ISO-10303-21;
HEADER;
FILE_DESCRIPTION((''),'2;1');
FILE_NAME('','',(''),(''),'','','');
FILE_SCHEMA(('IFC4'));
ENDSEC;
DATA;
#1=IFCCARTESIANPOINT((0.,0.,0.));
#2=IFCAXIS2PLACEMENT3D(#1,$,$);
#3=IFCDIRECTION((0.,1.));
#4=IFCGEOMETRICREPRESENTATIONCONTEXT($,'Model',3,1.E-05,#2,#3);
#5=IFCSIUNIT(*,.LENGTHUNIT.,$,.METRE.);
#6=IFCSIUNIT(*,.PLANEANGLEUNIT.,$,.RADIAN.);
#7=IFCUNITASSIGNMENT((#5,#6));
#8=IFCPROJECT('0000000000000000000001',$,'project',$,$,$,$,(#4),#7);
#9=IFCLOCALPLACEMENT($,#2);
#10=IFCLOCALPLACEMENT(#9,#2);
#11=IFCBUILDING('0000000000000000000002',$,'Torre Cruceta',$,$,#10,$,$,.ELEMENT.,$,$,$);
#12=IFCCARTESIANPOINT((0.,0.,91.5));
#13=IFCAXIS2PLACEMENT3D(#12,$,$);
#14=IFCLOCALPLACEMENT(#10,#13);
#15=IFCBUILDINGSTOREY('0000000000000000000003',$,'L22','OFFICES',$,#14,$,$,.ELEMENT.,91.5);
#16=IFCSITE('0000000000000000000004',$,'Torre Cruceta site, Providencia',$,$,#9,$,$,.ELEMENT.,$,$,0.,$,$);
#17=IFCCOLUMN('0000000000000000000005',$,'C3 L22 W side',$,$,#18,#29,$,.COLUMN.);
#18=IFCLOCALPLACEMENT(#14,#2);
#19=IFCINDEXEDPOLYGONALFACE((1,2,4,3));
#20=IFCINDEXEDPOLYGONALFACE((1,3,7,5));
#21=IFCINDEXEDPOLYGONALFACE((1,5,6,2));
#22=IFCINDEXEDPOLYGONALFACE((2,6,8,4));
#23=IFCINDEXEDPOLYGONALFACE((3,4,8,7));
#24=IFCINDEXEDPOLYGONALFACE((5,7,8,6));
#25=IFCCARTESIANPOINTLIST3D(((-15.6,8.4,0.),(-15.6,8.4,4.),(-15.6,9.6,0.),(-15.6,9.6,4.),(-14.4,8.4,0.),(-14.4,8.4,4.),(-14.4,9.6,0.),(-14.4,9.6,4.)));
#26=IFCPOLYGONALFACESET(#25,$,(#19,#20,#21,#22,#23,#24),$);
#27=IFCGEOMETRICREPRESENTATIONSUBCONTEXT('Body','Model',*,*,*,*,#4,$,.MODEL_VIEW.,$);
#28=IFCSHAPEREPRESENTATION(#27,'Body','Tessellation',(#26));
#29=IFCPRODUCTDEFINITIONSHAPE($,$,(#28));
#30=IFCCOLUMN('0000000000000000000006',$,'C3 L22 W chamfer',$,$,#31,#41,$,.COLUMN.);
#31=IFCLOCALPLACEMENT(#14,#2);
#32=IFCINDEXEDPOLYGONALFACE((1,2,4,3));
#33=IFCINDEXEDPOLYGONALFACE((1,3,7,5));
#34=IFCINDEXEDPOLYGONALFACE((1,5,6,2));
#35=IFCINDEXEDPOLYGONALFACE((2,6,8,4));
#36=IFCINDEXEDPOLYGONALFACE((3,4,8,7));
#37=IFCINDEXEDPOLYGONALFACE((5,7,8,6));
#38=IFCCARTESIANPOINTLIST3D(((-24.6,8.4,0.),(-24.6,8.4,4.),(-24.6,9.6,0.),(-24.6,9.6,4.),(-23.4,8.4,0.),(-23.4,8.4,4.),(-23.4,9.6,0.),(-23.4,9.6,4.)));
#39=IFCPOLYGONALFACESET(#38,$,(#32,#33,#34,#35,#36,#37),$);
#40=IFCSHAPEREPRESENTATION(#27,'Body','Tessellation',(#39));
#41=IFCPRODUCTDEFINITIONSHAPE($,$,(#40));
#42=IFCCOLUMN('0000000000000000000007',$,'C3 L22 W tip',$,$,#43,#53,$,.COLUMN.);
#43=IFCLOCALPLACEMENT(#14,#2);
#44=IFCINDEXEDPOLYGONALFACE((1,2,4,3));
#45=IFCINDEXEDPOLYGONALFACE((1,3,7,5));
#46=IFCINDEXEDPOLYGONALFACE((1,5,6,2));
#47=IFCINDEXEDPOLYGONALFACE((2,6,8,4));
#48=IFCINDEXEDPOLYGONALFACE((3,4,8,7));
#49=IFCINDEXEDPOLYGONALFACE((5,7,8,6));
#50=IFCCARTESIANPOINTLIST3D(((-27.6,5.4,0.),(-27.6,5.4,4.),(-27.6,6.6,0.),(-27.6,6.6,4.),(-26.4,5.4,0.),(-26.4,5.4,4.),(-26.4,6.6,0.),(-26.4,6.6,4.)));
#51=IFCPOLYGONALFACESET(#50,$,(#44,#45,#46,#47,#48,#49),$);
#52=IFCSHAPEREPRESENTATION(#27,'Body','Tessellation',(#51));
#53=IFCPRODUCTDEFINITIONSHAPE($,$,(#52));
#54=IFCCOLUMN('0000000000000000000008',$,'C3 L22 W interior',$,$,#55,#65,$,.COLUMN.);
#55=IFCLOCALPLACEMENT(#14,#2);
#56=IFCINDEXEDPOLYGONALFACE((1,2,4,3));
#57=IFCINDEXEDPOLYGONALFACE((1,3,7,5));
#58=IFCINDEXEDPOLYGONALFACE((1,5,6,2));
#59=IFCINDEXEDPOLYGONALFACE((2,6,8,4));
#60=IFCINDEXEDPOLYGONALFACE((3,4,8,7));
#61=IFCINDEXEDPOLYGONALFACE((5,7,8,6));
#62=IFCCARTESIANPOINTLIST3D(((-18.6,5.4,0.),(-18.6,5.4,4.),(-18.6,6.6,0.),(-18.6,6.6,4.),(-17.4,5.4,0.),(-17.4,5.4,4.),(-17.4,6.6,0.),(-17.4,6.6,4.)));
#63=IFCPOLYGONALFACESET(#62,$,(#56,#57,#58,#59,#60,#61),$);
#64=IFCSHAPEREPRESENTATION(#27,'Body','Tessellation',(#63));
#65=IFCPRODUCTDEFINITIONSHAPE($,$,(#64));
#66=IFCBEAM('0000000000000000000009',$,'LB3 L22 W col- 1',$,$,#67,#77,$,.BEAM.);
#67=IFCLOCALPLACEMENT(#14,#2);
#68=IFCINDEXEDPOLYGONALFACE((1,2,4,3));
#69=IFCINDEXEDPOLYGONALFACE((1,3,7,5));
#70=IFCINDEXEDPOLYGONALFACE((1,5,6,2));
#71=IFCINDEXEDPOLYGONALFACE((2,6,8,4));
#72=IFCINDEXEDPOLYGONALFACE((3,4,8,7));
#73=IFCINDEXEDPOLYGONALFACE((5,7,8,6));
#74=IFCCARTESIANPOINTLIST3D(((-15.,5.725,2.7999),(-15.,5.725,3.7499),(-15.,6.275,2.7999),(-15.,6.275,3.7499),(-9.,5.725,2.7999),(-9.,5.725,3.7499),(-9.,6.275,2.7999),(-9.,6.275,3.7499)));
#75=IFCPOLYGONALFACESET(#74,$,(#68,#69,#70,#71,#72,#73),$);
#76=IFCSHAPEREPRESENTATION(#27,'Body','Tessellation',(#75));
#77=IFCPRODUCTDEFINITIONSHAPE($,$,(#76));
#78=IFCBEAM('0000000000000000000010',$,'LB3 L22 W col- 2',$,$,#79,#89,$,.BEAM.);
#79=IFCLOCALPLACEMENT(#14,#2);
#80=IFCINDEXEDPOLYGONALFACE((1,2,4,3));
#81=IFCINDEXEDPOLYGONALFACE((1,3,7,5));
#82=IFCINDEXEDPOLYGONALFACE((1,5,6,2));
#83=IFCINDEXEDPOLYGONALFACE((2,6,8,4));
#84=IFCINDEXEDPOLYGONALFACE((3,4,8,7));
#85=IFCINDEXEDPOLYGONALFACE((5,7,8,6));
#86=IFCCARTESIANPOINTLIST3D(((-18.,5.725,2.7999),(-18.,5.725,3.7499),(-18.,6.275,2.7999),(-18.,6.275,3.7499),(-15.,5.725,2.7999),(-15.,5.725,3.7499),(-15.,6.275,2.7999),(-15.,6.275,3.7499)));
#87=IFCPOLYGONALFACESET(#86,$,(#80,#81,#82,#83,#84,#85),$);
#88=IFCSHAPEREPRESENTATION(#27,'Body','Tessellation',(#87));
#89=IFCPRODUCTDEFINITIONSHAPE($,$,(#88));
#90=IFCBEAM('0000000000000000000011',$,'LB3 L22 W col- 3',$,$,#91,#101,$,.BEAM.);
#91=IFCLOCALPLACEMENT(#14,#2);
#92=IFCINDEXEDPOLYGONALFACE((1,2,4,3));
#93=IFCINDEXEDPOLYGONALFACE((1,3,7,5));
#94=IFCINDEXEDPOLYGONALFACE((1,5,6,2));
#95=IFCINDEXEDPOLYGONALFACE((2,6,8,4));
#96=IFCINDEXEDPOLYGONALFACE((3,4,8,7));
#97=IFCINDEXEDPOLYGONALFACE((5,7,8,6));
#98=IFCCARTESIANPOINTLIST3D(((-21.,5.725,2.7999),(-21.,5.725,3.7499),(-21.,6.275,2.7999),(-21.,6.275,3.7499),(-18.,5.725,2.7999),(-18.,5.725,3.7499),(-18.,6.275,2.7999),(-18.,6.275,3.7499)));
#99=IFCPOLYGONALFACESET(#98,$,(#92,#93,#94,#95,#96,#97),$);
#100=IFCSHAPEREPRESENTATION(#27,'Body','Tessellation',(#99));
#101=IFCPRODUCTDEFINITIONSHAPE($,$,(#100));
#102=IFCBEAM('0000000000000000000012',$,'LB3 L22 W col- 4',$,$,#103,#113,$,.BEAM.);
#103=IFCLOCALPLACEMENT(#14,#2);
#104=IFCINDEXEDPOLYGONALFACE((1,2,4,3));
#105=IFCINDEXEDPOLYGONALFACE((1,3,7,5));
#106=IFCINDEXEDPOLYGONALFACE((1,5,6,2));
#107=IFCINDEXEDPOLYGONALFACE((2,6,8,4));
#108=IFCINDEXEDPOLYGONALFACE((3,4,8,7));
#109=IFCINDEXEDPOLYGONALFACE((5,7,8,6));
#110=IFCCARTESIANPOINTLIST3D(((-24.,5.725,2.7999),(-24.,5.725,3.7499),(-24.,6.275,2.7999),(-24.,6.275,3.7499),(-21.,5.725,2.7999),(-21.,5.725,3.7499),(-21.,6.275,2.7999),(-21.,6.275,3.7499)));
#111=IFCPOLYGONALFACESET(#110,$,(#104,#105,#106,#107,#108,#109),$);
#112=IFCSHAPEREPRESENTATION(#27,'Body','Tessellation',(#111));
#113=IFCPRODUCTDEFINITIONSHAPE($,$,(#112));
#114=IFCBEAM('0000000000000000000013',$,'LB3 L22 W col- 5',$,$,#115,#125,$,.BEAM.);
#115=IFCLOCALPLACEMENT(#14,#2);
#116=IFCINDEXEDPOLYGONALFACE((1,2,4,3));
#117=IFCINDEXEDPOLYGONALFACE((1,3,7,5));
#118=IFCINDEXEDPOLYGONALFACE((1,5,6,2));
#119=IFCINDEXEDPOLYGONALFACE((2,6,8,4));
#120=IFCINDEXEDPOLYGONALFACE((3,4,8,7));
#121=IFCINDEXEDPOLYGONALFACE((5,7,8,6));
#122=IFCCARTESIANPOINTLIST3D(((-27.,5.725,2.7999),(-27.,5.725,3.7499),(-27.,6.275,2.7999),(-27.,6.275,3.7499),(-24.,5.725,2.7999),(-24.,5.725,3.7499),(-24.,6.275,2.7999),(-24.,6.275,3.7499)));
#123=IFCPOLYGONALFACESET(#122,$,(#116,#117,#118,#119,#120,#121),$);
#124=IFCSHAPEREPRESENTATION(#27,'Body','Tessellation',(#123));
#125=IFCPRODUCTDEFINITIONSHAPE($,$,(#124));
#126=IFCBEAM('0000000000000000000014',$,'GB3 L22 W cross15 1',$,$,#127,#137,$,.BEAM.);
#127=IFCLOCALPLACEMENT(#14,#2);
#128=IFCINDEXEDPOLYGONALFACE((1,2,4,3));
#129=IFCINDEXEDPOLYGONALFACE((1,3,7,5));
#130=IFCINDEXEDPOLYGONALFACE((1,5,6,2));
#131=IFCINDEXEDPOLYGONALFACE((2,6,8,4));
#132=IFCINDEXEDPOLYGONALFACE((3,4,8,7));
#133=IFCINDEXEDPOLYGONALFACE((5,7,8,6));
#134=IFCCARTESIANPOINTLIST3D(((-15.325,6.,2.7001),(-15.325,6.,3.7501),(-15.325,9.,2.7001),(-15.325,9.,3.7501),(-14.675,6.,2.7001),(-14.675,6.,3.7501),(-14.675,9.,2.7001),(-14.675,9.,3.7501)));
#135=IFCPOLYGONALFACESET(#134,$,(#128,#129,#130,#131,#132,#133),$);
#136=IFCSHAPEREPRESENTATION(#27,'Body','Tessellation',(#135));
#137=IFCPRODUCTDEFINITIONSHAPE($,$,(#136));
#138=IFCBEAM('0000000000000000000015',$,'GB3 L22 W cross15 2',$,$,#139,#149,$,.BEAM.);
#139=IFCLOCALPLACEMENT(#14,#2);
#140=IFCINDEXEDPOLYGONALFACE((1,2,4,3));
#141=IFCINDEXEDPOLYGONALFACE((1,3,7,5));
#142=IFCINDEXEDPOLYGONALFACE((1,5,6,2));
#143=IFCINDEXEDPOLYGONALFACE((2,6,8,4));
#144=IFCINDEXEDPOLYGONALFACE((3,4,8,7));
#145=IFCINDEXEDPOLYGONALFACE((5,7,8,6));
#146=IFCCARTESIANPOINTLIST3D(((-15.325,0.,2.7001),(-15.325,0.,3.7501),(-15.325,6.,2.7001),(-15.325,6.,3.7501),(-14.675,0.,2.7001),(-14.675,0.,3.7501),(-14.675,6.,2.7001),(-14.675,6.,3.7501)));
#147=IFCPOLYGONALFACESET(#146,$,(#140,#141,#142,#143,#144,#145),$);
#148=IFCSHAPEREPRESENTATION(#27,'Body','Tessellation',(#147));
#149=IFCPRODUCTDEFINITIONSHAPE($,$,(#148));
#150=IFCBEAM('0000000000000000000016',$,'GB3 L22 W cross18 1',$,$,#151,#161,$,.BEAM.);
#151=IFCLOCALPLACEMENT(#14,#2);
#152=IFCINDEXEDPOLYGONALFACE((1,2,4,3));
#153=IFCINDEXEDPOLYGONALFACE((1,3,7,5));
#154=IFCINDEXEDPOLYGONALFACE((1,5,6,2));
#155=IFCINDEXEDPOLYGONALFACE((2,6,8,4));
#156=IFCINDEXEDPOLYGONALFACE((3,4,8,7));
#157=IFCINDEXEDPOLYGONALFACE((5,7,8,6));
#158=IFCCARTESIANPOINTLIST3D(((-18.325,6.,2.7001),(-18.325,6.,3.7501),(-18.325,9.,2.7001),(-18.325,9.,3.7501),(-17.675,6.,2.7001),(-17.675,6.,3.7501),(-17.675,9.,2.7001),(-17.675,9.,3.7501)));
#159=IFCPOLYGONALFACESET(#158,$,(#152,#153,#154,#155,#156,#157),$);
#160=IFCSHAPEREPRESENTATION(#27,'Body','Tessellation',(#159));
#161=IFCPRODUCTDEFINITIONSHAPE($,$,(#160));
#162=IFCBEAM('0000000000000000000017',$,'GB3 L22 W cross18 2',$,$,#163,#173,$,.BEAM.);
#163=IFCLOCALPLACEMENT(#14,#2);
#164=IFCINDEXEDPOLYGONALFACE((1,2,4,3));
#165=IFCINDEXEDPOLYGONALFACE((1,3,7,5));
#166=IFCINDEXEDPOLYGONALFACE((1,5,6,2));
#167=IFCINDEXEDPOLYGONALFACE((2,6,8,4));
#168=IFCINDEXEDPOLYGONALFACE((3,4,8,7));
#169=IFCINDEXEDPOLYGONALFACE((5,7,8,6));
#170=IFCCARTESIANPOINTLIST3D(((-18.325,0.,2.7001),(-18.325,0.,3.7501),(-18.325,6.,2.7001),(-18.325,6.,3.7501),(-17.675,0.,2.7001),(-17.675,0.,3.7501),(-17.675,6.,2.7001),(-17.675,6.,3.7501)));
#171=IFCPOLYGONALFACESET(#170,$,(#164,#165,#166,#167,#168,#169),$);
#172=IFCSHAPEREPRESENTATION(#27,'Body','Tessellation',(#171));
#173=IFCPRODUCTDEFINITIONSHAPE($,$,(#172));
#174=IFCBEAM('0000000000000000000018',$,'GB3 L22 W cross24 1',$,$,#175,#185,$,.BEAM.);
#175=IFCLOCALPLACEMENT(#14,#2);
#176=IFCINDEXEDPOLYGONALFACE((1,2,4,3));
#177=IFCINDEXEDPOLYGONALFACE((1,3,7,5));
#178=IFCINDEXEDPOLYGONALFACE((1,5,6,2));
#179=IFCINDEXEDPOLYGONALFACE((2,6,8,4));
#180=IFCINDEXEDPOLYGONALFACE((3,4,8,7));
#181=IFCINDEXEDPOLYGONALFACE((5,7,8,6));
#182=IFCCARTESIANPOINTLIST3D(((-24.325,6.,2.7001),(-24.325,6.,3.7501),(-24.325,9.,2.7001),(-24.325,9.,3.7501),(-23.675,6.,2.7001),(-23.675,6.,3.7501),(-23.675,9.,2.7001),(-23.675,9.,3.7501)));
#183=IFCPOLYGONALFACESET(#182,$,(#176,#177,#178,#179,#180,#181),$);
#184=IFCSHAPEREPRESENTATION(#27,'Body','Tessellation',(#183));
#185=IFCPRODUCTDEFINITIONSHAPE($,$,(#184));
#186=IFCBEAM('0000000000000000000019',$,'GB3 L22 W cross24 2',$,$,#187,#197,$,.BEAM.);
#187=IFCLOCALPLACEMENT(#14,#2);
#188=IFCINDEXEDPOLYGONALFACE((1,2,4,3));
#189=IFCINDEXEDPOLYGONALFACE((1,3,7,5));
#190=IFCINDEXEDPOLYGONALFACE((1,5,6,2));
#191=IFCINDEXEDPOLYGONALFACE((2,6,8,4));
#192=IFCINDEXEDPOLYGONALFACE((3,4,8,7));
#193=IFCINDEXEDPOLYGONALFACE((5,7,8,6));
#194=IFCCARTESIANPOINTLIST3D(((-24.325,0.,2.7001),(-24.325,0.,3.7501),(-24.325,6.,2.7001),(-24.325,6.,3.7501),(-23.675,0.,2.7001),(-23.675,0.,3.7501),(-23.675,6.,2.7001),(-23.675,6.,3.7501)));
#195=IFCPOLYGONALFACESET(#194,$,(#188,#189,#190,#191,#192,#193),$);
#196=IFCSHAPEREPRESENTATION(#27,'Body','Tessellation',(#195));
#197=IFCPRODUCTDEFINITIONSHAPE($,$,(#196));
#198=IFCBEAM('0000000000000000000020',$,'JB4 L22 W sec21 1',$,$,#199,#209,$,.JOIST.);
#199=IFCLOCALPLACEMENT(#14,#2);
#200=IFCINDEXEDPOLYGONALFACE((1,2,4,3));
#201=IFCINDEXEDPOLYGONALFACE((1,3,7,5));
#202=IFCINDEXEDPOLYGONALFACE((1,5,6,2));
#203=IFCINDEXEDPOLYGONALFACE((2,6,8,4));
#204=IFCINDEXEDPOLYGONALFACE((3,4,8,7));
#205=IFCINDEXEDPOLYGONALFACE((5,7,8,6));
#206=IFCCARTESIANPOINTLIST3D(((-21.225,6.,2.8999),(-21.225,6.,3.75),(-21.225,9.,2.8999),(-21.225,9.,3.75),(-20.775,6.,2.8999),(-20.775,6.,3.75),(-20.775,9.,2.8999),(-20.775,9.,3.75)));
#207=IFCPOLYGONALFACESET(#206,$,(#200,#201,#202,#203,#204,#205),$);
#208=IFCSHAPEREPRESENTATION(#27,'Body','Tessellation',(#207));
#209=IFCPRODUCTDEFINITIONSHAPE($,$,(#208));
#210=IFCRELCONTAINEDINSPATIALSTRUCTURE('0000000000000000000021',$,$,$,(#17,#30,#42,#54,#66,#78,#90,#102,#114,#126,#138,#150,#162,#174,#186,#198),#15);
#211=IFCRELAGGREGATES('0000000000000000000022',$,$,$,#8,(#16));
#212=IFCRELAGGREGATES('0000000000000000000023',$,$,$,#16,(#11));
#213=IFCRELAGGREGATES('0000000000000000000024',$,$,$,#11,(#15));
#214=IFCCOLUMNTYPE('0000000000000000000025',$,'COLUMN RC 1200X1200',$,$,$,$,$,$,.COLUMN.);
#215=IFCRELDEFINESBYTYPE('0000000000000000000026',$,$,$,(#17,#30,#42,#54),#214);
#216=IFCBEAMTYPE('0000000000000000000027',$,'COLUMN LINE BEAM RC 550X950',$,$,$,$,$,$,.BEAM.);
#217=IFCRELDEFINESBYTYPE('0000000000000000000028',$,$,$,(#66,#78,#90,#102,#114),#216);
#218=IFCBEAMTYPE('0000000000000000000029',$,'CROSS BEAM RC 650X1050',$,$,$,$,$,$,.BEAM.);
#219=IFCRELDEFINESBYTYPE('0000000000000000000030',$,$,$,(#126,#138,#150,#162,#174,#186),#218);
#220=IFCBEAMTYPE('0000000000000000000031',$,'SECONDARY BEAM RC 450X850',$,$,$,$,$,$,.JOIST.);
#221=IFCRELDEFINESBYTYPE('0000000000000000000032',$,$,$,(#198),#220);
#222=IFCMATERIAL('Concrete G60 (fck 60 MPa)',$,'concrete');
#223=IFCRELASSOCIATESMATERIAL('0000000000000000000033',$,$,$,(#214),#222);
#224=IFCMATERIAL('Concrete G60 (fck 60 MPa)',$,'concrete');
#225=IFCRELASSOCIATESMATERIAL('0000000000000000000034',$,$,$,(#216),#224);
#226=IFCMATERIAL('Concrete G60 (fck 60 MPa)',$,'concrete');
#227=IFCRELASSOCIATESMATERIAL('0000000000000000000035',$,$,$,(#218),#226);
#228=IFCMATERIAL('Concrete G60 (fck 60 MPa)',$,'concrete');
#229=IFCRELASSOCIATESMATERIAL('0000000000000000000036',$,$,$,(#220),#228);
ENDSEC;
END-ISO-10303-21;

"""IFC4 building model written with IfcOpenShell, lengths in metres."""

from ifc_helpers import new_model, si_unit, direction, frame, origin, origin_2d, place, context, subcontext, project, spatial, rectangle, extrude, material, material_profile, profile_set, type_object, element, save


model = new_model("IFC4")

# Units and contexts
model_context = context("Model", 3, precision=1e-05, world=origin(), true_north=direction((0.0, 1.0)))
body_context = subcontext(model_context, "Body", "Model", "MODEL_VIEW")
ifc_project = project(units=[si_unit("LENGTHUNIT", "METRE"), si_unit("PLANEANGLEUNIT", "RADIAN")], contexts=[model_context])

# Site, building, storey
site_placement = place(None, origin())
site = spatial("IfcSite", under=ifc_project, at=site_placement, Name="Torre Cruceta site, Providencia", CompositionType="ELEMENT", RefElevation=0.0)
building_placement = place(site_placement, origin())
building = spatial("IfcBuilding", under=site, at=building_placement, Name="Torre Cruceta", CompositionType="ELEMENT")
storey_placement = place(building_placement, frame((0.0, 0.0, 91.5)))
storey = spatial("IfcBuildingStorey", under=building, at=storey_placement, Name="L22", Description="OFFICES", CompositionType="ELEMENT", Elevation=91.5)

# Columns
ifc_material_1 = material(Name="Concrete G60 (fck 60 MPa)", Category="concrete")
ifc_material_profile_1 = material_profile(ifc_material_1, rectangle(XDim=1.2, YDim=1.2, at=origin_2d()), Name="RC 1200X1200")
ifc_profile_set_1 = profile_set([ifc_material_profile_1], Name="Concrete G60 (fck 60 MPa)")
column_type = type_object("IfcColumnType", Name="COLUMN RC 1200X1200", PredefinedType="COLUMN", material=ifc_profile_set_1)
for number, where, z_axis, x_axis, name in (
    (1, (-15.0, 9.0, 0.0), (0.0, 0.0, 1.0), (1.0, 0.0, 0.0), "C3 L22 W side"),
    (2, (-24.0, 9.0, 0.0), (0.0, 0.0, 1.0), (1.0, 0.0, 0.0), "C3 L22 W chamfer"),
    (3, (-27.0, 6.0, 0.0), (0.0, 0.0, 1.0), (1.0, 0.0, 0.0), "C3 L22 W tip"),
    (4, (-18.0, 6.0, 0.0), (0.0, 0.0, 1.0), (1.0, 0.0, 0.0), "C3 L22 W interior"),
):
    element("IfcColumn", number, at=place(storey_placement, frame(where, z_axis=z_axis, x_axis=x_axis)), inside=storey, type_object=column_type, Name=name, PredefinedType="COLUMN", context=body_context, shape_type="SweptSolid", body=[
        extrude(rectangle(XDim=1.2, YDim=1.2, at=origin_2d()), origin(), (0.0, 0.0, 1.0), 4.0),
    ])

# Beams
ifc_material_2 = material(Name="Concrete G60 (fck 60 MPa)", Category="concrete")
ifc_material_profile_2 = material_profile(ifc_material_2, rectangle(XDim=0.55, YDim=0.95, at=origin_2d()), Name="RC 550X950")
ifc_profile_set_2 = profile_set([ifc_material_profile_2], Name="Concrete G60 (fck 60 MPa)")
beam_type_1 = type_object("IfcBeamType", Name="COLUMN LINE BEAM RC 550X950", PredefinedType="BEAM", material=ifc_profile_set_2)
beam_1_placement = place(storey_placement, frame((-9.0, 6.0, 3.2749), z_axis=(-1.0, 0.0, 0.0), x_axis=(0.0, -1.0, 0.0)))
element("IfcBeam", 5, at=beam_1_placement, inside=storey, type_object=beam_type_1, Name="LB3 L22 W col- 1", PredefinedType="BEAM", context=body_context, shape_type="SweptSolid", body=[
    extrude(rectangle(XDim=0.55, YDim=0.95, at=origin_2d()), origin(), (0.0, 0.0, 1.0), 6.0),
])
for number, where, z_axis, x_axis, name in (
    (6, (-15.0, 6.0, 3.2749), (-1.0, 0.0, 0.0), (0.0, -1.0, 0.0), "LB3 L22 W col- 2"),
    (7, (-18.0, 6.0, 3.2749), (-1.0, 0.0, 0.0), (0.0, -1.0, 0.0), "LB3 L22 W col- 3"),
    (8, (-21.0, 6.0, 3.2749), (-1.0, 0.0, 0.0), (0.0, -1.0, 0.0), "LB3 L22 W col- 4"),
    (9, (-24.0, 6.0, 3.2749), (-1.0, 0.0, 0.0), (0.0, -1.0, 0.0), "LB3 L22 W col- 5"),
):
    element("IfcBeam", number, at=place(storey_placement, frame(where, z_axis=z_axis, x_axis=x_axis)), inside=storey, type_object=beam_type_1, Name=name, PredefinedType="BEAM", context=body_context, shape_type="SweptSolid", body=[
        extrude(rectangle(XDim=0.55, YDim=0.95, at=origin_2d()), origin(), (0.0, 0.0, 1.0), 3.0),
    ])
ifc_material_3 = material(Name="Concrete G60 (fck 60 MPa)", Category="concrete")
ifc_material_profile_3 = material_profile(ifc_material_3, rectangle(XDim=0.6499, YDim=1.05, at=origin_2d()), Name="RC 650X1050")
ifc_profile_set_3 = profile_set([ifc_material_profile_3], Name="Concrete G60 (fck 60 MPa)")
beam_type_2 = type_object("IfcBeamType", Name="CROSS BEAM RC 650X1050", PredefinedType="BEAM", material=ifc_profile_set_3)
beam_2_placement = place(storey_placement, frame((-15.0, 9.0, 3.2251), z_axis=(0.0, -1.0, 0.0), x_axis=(1.0, 0.0, 0.0)))
element("IfcBeam", 10, at=beam_2_placement, inside=storey, type_object=beam_type_2, Name="GB3 L22 W cross15 1", PredefinedType="BEAM", context=body_context, shape_type="SweptSolid", body=[
    extrude(rectangle(XDim=0.6499, YDim=1.05, at=origin_2d()), origin(), (0.0, 0.0, 1.0), 3.0),
])
beam_3_placement = place(storey_placement, frame((-15.0, 6.0, 3.2251), z_axis=(0.0, -1.0, 0.0), x_axis=(1.0, 0.0, 0.0)))
element("IfcBeam", 11, at=beam_3_placement, inside=storey, type_object=beam_type_2, Name="GB3 L22 W cross15 2", PredefinedType="BEAM", context=body_context, shape_type="SweptSolid", body=[
    extrude(rectangle(XDim=0.6499, YDim=1.05, at=origin_2d()), origin(), (0.0, 0.0, 1.0), 6.0),
])
beam_4_placement = place(storey_placement, frame((-18.0, 9.0, 3.2251), z_axis=(0.0, -1.0, 0.0), x_axis=(1.0, 0.0, 0.0)))
element("IfcBeam", 12, at=beam_4_placement, inside=storey, type_object=beam_type_2, Name="GB3 L22 W cross18 1", PredefinedType="BEAM", context=body_context, shape_type="SweptSolid", body=[
    extrude(rectangle(XDim=0.6499, YDim=1.05, at=origin_2d()), origin(), (0.0, 0.0, 1.0), 3.0),
])
beam_5_placement = place(storey_placement, frame((-18.0, 6.0, 3.2251), z_axis=(0.0, -1.0, 0.0), x_axis=(1.0, 0.0, 0.0)))
element("IfcBeam", 13, at=beam_5_placement, inside=storey, type_object=beam_type_2, Name="GB3 L22 W cross18 2", PredefinedType="BEAM", context=body_context, shape_type="SweptSolid", body=[
    extrude(rectangle(XDim=0.6499, YDim=1.05, at=origin_2d()), origin(), (0.0, 0.0, 1.0), 6.0),
])
beam_6_placement = place(storey_placement, frame((-24.0, 9.0, 3.2251), z_axis=(0.0, -1.0, 0.0), x_axis=(1.0, 0.0, 0.0)))
element("IfcBeam", 14, at=beam_6_placement, inside=storey, type_object=beam_type_2, Name="GB3 L22 W cross24 1", PredefinedType="BEAM", context=body_context, shape_type="SweptSolid", body=[
    extrude(rectangle(XDim=0.6499, YDim=1.05, at=origin_2d()), origin(), (0.0, 0.0, 1.0), 3.0),
])
beam_7_placement = place(storey_placement, frame((-24.0, 6.0, 3.2251), z_axis=(0.0, -1.0, 0.0), x_axis=(1.0, 0.0, 0.0)))
element("IfcBeam", 15, at=beam_7_placement, inside=storey, type_object=beam_type_2, Name="GB3 L22 W cross24 2", PredefinedType="BEAM", context=body_context, shape_type="SweptSolid", body=[
    extrude(rectangle(XDim=0.6499, YDim=1.05, at=origin_2d()), origin(), (0.0, 0.0, 1.0), 6.0),
])
ifc_material_4 = material(Name="Concrete G60 (fck 60 MPa)", Category="concrete")
ifc_material_profile_4 = material_profile(ifc_material_4, rectangle(XDim=0.45, YDim=0.8501, at=origin_2d()), Name="RC 450X850")
ifc_profile_set_4 = profile_set([ifc_material_profile_4], Name="Concrete G60 (fck 60 MPa)")
beam_type_3 = type_object("IfcBeamType", Name="SECONDARY BEAM RC 450X850", PredefinedType="JOIST", material=ifc_profile_set_4)
beam_8_placement = place(storey_placement, frame((-21.0, 9.0, 3.325), z_axis=(0.0, -1.0, 0.0), x_axis=(1.0, 0.0, 0.0)))
element("IfcBeam", 16, at=beam_8_placement, inside=storey, type_object=beam_type_3, Name="JB4 L22 W sec21 1", PredefinedType="JOIST", context=body_context, shape_type="SweptSolid", body=[
    extrude(rectangle(XDim=0.45, YDim=0.8501, at=origin_2d()), origin(), (0.0, 0.0, 1.0), 3.0),
])

save(model, "model.ifc")
